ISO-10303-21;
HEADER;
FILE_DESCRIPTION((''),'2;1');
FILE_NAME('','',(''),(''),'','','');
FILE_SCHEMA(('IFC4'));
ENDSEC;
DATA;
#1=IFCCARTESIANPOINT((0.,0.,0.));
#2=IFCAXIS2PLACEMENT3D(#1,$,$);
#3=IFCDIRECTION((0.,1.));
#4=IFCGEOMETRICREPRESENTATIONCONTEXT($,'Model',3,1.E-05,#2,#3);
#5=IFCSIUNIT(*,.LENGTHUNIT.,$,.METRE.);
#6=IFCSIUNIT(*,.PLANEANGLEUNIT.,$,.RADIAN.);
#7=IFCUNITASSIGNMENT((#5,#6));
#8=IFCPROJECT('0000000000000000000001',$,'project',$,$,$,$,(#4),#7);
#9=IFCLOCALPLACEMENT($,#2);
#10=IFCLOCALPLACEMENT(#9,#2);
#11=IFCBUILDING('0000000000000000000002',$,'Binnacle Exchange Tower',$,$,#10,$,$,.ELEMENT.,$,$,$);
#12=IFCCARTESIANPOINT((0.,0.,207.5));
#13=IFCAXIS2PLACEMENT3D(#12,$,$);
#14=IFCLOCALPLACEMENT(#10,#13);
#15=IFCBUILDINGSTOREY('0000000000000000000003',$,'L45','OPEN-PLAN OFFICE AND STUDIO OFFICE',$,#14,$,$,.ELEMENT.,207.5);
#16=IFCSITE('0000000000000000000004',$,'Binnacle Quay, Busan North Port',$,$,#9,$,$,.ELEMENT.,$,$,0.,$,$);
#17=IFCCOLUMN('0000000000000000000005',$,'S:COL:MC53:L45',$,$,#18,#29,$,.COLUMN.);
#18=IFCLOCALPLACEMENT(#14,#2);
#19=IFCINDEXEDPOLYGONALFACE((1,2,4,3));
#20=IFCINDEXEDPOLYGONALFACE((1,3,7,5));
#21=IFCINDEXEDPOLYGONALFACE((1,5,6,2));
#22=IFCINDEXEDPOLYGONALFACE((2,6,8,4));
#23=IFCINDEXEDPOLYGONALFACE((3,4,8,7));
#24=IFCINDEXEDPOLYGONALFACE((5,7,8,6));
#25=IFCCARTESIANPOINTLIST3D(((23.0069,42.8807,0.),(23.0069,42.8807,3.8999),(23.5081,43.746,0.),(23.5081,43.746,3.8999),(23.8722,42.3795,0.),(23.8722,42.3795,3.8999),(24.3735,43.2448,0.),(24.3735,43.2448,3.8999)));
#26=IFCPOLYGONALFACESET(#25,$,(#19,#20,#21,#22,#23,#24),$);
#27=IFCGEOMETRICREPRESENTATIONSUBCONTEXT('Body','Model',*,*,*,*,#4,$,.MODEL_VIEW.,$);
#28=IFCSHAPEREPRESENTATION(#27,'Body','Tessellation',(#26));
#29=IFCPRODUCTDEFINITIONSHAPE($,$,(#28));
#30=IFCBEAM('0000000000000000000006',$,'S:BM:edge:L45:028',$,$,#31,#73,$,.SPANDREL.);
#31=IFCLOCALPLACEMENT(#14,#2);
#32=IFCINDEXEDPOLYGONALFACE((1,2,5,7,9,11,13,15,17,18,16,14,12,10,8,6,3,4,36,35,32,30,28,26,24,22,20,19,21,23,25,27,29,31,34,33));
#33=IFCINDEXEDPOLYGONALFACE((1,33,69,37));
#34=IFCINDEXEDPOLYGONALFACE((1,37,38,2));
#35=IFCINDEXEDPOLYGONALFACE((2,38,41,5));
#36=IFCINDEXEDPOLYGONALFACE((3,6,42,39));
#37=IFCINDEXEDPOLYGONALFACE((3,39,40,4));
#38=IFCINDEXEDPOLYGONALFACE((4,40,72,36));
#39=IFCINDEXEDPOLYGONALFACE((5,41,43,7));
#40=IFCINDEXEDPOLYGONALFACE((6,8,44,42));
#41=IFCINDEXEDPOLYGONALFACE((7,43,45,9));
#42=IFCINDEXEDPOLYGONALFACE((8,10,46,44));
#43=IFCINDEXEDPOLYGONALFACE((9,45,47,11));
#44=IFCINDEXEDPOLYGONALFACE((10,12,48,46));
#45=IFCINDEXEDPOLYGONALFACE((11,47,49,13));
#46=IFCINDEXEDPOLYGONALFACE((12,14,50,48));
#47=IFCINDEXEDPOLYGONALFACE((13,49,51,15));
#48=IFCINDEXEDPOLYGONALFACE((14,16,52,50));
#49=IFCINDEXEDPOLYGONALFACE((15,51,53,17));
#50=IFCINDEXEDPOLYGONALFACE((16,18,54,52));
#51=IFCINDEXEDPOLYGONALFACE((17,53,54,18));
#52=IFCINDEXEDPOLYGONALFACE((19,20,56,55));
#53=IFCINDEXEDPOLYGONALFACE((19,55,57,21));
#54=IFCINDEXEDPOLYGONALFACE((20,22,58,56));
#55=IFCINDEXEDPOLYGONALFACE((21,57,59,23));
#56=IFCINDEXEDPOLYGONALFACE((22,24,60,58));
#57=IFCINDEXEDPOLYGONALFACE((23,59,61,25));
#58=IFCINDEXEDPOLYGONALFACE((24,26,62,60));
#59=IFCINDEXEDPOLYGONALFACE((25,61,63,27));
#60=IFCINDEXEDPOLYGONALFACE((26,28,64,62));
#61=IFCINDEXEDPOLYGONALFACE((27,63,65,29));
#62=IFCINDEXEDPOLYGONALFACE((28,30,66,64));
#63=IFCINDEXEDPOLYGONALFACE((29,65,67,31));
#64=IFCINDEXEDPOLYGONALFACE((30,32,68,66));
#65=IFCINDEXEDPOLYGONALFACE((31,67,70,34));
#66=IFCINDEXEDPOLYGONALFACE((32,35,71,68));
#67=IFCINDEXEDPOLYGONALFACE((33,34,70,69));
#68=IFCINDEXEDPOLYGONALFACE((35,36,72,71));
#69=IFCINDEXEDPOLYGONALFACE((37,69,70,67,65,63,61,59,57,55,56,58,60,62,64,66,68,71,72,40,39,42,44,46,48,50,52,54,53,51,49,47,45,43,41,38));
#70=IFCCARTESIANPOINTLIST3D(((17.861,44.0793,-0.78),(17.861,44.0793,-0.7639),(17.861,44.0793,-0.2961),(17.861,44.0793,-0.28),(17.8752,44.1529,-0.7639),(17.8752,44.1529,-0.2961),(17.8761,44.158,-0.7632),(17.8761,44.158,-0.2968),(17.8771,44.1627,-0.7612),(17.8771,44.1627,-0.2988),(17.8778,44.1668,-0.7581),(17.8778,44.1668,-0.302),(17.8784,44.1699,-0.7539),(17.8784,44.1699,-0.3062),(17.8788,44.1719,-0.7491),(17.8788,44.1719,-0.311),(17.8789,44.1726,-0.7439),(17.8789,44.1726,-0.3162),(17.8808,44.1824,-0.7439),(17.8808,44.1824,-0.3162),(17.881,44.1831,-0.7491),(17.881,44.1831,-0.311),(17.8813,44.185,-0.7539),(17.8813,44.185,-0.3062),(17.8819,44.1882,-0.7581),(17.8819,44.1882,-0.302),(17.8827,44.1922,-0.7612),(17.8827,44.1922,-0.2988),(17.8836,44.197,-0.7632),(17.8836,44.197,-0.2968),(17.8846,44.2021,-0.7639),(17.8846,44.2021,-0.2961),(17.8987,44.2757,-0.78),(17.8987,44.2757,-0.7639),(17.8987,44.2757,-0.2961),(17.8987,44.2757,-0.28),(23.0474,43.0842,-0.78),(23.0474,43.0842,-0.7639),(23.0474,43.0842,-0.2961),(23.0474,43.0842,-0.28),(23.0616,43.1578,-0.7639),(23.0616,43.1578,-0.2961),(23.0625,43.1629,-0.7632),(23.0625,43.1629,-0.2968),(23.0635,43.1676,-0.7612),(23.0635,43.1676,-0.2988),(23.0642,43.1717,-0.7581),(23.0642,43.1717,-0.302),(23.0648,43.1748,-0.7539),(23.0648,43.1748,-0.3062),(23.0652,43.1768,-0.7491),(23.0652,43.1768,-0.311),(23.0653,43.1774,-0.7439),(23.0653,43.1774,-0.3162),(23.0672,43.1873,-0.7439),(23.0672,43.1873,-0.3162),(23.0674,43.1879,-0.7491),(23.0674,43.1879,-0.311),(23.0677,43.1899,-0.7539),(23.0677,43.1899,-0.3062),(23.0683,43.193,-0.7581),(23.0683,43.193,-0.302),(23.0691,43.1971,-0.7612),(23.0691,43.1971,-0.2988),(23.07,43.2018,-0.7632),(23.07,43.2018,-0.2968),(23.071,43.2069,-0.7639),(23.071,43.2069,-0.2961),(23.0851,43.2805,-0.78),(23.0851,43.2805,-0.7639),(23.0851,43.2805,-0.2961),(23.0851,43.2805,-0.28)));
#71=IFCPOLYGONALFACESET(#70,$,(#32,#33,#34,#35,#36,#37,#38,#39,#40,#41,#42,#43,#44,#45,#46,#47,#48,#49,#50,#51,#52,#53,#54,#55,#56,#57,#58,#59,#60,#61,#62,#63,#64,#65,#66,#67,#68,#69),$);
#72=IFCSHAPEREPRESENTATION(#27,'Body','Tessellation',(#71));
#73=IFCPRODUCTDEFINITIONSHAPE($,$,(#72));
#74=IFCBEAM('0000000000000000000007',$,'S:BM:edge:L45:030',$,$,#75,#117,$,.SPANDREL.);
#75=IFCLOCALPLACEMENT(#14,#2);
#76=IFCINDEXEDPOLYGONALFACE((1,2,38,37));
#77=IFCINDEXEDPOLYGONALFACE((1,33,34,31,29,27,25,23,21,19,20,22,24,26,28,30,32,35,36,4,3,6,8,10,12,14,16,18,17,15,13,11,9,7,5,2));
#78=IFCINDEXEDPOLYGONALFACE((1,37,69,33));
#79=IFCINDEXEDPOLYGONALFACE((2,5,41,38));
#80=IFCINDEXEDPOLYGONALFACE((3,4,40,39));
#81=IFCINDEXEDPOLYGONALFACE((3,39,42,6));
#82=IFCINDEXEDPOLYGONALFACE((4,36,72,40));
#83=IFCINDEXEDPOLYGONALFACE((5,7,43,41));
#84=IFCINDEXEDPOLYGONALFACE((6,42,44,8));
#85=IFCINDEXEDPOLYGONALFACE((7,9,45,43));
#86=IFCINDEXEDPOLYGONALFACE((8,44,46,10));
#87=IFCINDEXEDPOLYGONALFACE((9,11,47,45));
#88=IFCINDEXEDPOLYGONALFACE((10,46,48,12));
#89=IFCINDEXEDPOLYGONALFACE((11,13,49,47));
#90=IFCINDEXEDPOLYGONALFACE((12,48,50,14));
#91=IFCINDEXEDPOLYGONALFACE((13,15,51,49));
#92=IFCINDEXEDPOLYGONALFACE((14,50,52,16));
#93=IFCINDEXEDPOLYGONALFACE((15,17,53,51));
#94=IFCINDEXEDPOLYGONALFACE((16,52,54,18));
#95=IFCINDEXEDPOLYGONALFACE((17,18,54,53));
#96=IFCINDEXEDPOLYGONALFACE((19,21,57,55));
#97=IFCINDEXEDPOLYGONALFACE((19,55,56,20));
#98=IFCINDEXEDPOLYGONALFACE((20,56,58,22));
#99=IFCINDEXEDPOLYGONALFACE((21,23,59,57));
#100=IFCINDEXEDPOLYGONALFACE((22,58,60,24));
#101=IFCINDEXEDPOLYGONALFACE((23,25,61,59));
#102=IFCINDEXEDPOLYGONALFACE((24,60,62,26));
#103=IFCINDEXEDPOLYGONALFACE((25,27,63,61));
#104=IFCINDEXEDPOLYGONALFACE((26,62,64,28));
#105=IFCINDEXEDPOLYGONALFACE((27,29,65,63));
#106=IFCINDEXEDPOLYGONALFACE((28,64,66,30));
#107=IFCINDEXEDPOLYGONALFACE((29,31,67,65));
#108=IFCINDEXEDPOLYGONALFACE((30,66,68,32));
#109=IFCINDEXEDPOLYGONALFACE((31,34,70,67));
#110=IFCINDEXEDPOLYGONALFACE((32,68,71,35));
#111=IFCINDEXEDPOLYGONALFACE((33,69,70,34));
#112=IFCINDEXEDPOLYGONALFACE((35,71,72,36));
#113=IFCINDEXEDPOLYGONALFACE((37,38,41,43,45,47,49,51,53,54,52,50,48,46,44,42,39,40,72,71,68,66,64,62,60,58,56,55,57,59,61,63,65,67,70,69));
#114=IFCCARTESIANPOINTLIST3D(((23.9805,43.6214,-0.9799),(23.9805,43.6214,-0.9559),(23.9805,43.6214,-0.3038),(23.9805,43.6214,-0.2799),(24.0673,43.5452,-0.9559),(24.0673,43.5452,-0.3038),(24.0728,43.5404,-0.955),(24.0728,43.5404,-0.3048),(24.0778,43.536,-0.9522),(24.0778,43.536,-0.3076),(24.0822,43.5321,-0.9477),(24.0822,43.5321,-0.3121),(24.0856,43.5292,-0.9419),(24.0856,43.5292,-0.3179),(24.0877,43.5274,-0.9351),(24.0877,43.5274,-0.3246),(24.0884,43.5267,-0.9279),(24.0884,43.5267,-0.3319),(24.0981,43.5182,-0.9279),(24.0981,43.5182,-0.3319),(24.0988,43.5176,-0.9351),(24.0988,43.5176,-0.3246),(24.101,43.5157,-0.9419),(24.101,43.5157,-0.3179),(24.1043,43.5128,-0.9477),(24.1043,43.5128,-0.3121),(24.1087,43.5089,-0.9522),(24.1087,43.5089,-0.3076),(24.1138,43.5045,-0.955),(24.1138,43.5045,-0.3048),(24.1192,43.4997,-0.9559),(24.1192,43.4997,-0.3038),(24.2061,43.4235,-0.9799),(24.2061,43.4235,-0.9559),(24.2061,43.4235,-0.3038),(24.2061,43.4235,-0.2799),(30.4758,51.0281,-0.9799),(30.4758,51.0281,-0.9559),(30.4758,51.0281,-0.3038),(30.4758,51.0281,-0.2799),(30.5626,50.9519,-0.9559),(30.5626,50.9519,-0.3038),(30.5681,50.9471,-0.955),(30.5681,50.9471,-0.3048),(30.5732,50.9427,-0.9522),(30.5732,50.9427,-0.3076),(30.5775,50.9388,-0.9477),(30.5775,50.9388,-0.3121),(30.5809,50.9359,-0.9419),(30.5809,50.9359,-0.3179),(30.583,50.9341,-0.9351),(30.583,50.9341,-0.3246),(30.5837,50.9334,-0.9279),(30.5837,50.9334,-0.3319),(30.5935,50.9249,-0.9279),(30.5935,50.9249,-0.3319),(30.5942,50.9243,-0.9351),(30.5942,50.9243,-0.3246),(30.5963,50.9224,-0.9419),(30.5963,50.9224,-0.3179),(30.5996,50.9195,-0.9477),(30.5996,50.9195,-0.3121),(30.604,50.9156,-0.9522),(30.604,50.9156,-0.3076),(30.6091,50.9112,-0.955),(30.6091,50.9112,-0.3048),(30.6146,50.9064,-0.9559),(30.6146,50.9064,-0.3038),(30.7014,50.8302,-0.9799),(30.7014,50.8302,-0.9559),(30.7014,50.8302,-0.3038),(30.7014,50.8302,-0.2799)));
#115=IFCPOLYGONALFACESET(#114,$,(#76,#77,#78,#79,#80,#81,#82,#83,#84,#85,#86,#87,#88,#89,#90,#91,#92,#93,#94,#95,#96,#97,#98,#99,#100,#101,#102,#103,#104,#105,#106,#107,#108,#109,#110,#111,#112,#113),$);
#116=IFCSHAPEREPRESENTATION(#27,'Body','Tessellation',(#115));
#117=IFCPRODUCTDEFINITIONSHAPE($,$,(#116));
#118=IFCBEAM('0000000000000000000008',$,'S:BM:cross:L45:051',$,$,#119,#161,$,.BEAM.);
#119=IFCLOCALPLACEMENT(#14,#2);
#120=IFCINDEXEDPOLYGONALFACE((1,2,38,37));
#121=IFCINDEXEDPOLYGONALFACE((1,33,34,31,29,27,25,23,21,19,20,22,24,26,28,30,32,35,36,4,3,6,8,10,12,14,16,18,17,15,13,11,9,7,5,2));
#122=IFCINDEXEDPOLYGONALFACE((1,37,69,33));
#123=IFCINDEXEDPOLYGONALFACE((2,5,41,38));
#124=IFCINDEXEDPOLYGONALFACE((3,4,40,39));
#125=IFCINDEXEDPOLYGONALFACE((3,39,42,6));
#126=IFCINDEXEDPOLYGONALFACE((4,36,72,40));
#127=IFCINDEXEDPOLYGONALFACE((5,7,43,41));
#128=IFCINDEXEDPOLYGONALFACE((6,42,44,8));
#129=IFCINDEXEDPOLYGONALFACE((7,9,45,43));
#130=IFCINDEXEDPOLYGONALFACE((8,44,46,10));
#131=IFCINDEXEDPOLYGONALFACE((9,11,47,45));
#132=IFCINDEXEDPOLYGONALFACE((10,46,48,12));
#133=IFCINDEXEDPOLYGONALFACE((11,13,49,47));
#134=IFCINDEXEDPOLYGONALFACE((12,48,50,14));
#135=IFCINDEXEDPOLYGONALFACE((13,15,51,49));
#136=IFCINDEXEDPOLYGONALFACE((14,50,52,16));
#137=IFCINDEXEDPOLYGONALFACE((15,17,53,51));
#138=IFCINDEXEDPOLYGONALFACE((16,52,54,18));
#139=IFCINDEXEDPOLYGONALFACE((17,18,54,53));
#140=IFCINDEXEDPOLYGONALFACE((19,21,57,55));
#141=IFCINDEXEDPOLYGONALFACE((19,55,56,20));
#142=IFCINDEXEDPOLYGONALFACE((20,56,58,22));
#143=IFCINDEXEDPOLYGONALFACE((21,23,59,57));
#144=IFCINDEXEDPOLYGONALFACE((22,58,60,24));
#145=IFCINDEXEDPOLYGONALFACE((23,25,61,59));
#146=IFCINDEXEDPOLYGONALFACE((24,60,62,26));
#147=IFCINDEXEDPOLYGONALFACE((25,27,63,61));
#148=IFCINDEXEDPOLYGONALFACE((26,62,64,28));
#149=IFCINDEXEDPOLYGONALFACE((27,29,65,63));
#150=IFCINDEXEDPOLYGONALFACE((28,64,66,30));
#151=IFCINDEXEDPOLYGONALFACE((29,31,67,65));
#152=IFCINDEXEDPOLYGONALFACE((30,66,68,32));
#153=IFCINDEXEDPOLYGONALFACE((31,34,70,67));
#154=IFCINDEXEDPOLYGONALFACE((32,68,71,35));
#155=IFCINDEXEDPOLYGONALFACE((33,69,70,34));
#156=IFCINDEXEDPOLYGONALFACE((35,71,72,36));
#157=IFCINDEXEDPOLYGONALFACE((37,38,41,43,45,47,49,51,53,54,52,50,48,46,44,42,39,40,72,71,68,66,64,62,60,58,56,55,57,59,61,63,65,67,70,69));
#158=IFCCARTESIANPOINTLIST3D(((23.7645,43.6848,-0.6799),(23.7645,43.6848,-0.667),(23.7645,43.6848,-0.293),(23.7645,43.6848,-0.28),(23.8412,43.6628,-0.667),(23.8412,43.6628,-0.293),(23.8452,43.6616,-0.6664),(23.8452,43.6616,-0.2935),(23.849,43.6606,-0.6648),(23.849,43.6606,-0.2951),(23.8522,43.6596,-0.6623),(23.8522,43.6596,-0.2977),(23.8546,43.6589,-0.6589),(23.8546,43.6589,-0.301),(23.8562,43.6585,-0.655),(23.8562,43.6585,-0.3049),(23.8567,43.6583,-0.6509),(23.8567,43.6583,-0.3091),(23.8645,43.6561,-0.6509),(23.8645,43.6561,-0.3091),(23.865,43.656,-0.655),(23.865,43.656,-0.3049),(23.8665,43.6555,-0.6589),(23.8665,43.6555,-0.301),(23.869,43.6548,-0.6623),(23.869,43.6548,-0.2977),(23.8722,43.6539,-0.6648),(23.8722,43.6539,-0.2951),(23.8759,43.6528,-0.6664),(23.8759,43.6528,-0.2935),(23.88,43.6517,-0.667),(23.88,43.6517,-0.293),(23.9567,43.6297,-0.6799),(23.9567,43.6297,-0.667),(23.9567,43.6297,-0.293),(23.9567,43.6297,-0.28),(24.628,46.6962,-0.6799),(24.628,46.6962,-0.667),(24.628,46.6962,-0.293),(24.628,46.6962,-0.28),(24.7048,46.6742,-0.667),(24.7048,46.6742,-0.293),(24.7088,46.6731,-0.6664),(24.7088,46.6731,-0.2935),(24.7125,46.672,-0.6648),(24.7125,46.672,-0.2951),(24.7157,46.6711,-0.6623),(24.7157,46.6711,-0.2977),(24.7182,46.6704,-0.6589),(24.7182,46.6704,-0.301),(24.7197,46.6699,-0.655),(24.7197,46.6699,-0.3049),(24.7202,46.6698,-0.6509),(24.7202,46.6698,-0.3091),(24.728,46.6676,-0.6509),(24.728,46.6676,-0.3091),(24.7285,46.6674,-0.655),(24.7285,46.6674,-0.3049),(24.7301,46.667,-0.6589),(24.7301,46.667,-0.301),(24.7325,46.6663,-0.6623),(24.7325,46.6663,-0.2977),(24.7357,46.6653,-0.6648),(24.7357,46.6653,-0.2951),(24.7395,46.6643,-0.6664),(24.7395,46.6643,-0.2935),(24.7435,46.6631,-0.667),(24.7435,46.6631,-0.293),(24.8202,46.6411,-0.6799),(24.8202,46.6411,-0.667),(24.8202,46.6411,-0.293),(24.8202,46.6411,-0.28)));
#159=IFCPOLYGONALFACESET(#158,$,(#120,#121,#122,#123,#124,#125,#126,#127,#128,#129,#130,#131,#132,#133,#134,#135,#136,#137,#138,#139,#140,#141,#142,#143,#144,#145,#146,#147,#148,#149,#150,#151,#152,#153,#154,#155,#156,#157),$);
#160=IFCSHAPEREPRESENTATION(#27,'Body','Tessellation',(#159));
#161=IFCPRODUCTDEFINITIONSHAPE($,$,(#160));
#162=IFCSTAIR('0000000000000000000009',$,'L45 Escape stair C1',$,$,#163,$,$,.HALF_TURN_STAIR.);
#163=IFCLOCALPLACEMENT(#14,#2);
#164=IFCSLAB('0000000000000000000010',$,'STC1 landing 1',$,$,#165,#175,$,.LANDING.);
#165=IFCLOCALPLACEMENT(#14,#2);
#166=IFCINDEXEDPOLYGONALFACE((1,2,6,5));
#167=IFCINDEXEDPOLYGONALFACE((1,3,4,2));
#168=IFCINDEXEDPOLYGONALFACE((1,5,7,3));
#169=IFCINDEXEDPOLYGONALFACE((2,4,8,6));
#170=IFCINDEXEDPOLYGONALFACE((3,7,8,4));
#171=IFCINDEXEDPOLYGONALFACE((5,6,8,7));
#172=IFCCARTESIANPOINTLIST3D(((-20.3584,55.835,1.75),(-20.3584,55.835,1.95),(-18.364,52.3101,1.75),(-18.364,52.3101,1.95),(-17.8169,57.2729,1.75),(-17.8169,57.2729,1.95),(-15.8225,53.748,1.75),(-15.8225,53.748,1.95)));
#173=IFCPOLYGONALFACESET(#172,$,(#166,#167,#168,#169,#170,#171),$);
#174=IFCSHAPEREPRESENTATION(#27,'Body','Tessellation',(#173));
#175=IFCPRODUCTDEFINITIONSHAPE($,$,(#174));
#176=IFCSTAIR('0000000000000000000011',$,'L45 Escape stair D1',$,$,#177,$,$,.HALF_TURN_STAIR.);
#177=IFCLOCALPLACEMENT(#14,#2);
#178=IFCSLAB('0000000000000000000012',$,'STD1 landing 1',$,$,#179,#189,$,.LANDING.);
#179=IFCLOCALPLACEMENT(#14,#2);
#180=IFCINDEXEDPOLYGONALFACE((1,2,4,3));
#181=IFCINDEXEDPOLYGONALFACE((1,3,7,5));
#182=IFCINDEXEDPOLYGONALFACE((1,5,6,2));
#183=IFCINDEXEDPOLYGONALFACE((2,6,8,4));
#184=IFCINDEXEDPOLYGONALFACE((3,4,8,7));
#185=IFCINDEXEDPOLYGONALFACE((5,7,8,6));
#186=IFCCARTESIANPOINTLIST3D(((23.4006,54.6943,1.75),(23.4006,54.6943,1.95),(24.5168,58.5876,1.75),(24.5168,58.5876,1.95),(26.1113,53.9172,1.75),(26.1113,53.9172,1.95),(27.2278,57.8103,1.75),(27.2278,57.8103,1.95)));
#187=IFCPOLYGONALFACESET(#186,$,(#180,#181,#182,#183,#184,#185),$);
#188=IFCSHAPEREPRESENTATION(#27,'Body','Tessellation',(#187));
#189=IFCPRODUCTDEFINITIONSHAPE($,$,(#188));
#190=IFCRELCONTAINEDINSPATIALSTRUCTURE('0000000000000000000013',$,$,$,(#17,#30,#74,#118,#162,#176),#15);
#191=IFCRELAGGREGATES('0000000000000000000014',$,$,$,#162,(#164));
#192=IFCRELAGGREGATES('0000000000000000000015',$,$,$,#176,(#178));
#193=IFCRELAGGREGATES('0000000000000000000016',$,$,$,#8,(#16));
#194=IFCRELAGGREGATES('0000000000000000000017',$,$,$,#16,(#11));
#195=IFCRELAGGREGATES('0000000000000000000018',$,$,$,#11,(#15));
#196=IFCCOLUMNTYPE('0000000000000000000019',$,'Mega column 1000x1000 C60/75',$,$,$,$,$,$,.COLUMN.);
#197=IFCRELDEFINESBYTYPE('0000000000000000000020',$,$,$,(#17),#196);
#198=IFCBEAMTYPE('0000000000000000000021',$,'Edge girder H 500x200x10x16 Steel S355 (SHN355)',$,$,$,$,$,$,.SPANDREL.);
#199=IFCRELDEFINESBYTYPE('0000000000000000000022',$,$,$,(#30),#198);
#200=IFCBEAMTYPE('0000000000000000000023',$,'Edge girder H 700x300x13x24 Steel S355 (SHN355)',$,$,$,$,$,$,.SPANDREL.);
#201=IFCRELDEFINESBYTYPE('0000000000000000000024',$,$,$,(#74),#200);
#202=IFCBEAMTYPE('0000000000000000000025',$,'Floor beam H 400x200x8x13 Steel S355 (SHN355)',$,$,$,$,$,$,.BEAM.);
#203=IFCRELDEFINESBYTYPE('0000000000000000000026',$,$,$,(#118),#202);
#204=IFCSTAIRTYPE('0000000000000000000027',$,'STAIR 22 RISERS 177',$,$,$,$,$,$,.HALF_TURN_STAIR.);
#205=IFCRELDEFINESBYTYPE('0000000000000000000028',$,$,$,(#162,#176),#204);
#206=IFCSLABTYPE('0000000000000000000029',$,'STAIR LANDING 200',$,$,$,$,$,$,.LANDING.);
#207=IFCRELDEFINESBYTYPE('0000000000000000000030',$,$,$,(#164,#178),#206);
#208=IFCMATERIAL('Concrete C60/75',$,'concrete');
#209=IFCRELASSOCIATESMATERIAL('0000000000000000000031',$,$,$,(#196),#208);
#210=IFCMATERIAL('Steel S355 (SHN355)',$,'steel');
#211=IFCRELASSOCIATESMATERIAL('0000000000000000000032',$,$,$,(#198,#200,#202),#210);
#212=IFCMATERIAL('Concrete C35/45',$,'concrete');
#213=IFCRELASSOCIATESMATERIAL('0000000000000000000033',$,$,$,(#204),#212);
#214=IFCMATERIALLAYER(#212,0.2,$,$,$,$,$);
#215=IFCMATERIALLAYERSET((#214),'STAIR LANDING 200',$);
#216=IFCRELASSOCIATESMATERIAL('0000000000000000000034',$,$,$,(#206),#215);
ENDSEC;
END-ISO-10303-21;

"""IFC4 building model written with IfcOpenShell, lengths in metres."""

from ifc_helpers import new_model, si_unit, direction, frame, origin, origin_2d, place, context, subcontext, project, spatial, polyline, rectangle, i_section, outline, extrude, material, layer, layer_set, material_profile, profile_set, type_object, element, aggregate, save


model = new_model("IFC4")

# Units and contexts
model_context = context("Model", 3, precision=1e-05, world=origin(), true_north=direction((0.0, 1.0)))
body_context = subcontext(model_context, "Body", "Model", "MODEL_VIEW")
ifc_project = project(units=[si_unit("LENGTHUNIT", "METRE"), si_unit("PLANEANGLEUNIT", "RADIAN")], contexts=[model_context])

# Site, building, storey
site_placement = place(None, origin())
site = spatial("IfcSite", under=ifc_project, at=site_placement, Name="Binnacle Quay, Busan North Port", CompositionType="ELEMENT", RefElevation=0.0)
building_placement = place(site_placement, origin())
building = spatial("IfcBuilding", under=site, at=building_placement, Name="Binnacle Exchange Tower", CompositionType="ELEMENT")
storey_placement = place(building_placement, frame((0.0, 0.0, 207.5)))
storey = spatial("IfcBuildingStorey", under=building, at=storey_placement, Name="L45", Description="OPEN-PLAN OFFICE AND STUDIO OFFICE", CompositionType="ELEMENT", Elevation=207.5)

# Column
ifc_material_1 = material(Name="Concrete C60/75", Category="concrete")
ifc_material_profile_1 = material_profile(ifc_material_1, rectangle(XDim=1.0, YDim=1.0, at=origin_2d()), Name="Mega column 1000x1000 C60/75")
ifc_profile_set_1 = profile_set([ifc_material_profile_1], Name="Concrete C60/75")
column_type = type_object("IfcColumnType", Name="Mega column 1000x1000 C60/75", PredefinedType="COLUMN", material=ifc_profile_set_1)
column_placement = place(storey_placement, frame((23.6902, 43.0627, 0.0), z_axis=(0.0, 0.0, 1.0), x_axis=(-0.865326, 0.501209, 0.0)))
element("IfcColumn", 1, at=column_placement, inside=storey, type_object=column_type, Name="S:COL:MC53:L45", PredefinedType="COLUMN", context=body_context, shape_type="SweptSolid", body=[
    extrude(rectangle(XDim=1.0, YDim=1.0, at=origin_2d()), origin(), (0.0, 0.0, 1.0), 3.8999),
])

# Beams
ifc_material_2 = material(Name="Steel S355 (SHN355)", Category="steel")
ifc_material_profile_2 = material_profile(ifc_material_2, i_section(OverallWidth=0.2, OverallDepth=0.5, WebThickness=0.01, FlangeThickness=0.0161, FilletRadius=0.02, at=origin_2d()), Name="H 500x200x10x16")
ifc_profile_set_2 = profile_set([ifc_material_profile_2], Name="Steel S355 (SHN355)")
beam_type_1 = type_object("IfcBeamType", Name="Edge girder H 500x200x10x16 Steel S355 (SHN355)", PredefinedType="SPANDREL", material=ifc_profile_set_2)
beam_1_placement = place(storey_placement, frame((17.8799, 44.1775, -0.53), z_axis=(0.982085, -0.188438, 0.0), x_axis=(0.188438, 0.982085, 0.0)))
element("IfcBeam", 2, at=beam_1_placement, inside=storey, type_object=beam_type_1, Name="S:BM:edge:L45:028", PredefinedType="SPANDREL", context=body_context, shape_type="SweptSolid", body=[
    extrude(i_section(OverallWidth=0.2, OverallDepth=0.5, WebThickness=0.01, FlangeThickness=0.0161, FilletRadius=0.02, at=origin_2d()), origin(), (0.0, 0.0, 1.0), 5.281),
])
ifc_material_profile_3 = material_profile(ifc_material_2, i_section(OverallWidth=0.3, OverallDepth=0.7, WebThickness=0.0129, FlangeThickness=0.0239, FilletRadius=0.0281, at=origin_2d()), Name="H 700x300x13x24")
ifc_profile_set_3 = profile_set([ifc_material_profile_3], Name="Steel S355 (SHN355)")
beam_type_2 = type_object("IfcBeamType", Name="Edge girder H 700x300x13x24 Steel S355 (SHN355)", PredefinedType="SPANDREL", material=ifc_profile_set_3)
beam_2_placement = place(storey_placement, frame((24.0933, 43.5225, -0.6299), z_axis=(0.659336, 0.751849, 0.0), x_axis=(-0.751849, 0.659336, 0.0)))
element("IfcBeam", 3, at=beam_2_placement, inside=storey, type_object=beam_type_2, Name="S:BM:edge:L45:030", PredefinedType="SPANDREL", context=body_context, shape_type="SweptSolid", body=[
    extrude(i_section(OverallWidth=0.3, OverallDepth=0.7, WebThickness=0.0129, FlangeThickness=0.0239, FilletRadius=0.0281, at=origin_2d()), origin(), (0.0, 0.0, 1.0), 9.8513),
])
ifc_material_profile_4 = material_profile(ifc_material_2, i_section(OverallWidth=0.2, OverallDepth=0.3999, WebThickness=0.0081, FlangeThickness=0.0129, FilletRadius=0.0161, at=origin_2d()), Name="H 400x200x8x13")
ifc_profile_set_4 = profile_set([ifc_material_profile_4], Name="Steel S355 (SHN355)")
beam_type_3 = type_object("IfcBeamType", Name="Floor beam H 400x200x8x13 Steel S355 (SHN355)", PredefinedType="BEAM", material=ifc_profile_set_4)
beam_3_placement = place(storey_placement, frame((23.8606, 43.6572, -0.48), z_axis=(0.275637, 0.961262, 0.0), x_axis=(-0.961262, 0.275637, 0.0)))
element("IfcBeam", 4, at=beam_3_placement, inside=storey, type_object=beam_type_3, Name="S:BM:cross:L45:051", PredefinedType="BEAM", context=body_context, shape_type="SweptSolid", body=[
    extrude(i_section(OverallWidth=0.2, OverallDepth=0.3999, WebThickness=0.0081, FlangeThickness=0.0129, FilletRadius=0.0161, at=origin_2d()), origin(), (0.0, 0.0, 1.0), 3.1328),
])

# Stairs, slabs
ifc_material_3 = material(Name="Concrete C35/45", Category="concrete")
stair_type = type_object("IfcStairType", Name="STAIR 22 RISERS 177", PredefinedType="HALF_TURN_STAIR", material=ifc_material_3)
stair_1_placement = place(storey_placement, origin())
stair_1 = element("IfcStair", 5, at=stair_1_placement, inside=storey, type_object=stair_type, Name="L45 Escape stair C1", PredefinedType="HALF_TURN_STAIR")
ifc_layer_1 = layer(ifc_material_3, 0.2)
ifc_layer_set_1 = layer_set([ifc_layer_1], Name="STAIR LANDING 200")
slab_type = type_object("IfcSlabType", Name="STAIR LANDING 200", PredefinedType="LANDING", material=ifc_layer_set_1)
slab_1_placement = place(storey_placement, frame((0.0, 0.0, 1.75)))
slab_1 = element("IfcSlab", 6, at=slab_1_placement, type_object=slab_type, Name="STC1 landing 1", PredefinedType="LANDING", context=body_context, shape_type="SweptSolid", body=[
    extrude(outline(polyline([(-18.364, 52.3101), (-15.8225, 53.748), (-17.8169, 57.2729), (-20.3584, 55.835), (-18.364, 52.3101)])), origin(), (0.0, 0.0, 1.0), 0.2),
])
aggregate(stair_1, [slab_1])
stair_2_placement = place(storey_placement, origin())
stair_2 = element("IfcStair", 7, at=stair_2_placement, inside=storey, type_object=stair_type, Name="L45 Escape stair D1", PredefinedType="HALF_TURN_STAIR")
slab_2_placement = place(storey_placement, frame((0.0, 0.0, 1.75)))
slab_2 = element("IfcSlab", 8, at=slab_2_placement, type_object=slab_type, Name="STD1 landing 1", PredefinedType="LANDING", context=body_context, shape_type="SweptSolid", body=[
    extrude(outline(polyline([(23.4006, 54.6943), (26.1113, 53.9172), (27.2278, 57.8103), (24.5168, 58.5876), (23.4006, 54.6943)])), origin(), (0.0, 0.0, 1.0), 0.2),
])
aggregate(stair_2, [slab_2])

save(model, "model.ifc")
